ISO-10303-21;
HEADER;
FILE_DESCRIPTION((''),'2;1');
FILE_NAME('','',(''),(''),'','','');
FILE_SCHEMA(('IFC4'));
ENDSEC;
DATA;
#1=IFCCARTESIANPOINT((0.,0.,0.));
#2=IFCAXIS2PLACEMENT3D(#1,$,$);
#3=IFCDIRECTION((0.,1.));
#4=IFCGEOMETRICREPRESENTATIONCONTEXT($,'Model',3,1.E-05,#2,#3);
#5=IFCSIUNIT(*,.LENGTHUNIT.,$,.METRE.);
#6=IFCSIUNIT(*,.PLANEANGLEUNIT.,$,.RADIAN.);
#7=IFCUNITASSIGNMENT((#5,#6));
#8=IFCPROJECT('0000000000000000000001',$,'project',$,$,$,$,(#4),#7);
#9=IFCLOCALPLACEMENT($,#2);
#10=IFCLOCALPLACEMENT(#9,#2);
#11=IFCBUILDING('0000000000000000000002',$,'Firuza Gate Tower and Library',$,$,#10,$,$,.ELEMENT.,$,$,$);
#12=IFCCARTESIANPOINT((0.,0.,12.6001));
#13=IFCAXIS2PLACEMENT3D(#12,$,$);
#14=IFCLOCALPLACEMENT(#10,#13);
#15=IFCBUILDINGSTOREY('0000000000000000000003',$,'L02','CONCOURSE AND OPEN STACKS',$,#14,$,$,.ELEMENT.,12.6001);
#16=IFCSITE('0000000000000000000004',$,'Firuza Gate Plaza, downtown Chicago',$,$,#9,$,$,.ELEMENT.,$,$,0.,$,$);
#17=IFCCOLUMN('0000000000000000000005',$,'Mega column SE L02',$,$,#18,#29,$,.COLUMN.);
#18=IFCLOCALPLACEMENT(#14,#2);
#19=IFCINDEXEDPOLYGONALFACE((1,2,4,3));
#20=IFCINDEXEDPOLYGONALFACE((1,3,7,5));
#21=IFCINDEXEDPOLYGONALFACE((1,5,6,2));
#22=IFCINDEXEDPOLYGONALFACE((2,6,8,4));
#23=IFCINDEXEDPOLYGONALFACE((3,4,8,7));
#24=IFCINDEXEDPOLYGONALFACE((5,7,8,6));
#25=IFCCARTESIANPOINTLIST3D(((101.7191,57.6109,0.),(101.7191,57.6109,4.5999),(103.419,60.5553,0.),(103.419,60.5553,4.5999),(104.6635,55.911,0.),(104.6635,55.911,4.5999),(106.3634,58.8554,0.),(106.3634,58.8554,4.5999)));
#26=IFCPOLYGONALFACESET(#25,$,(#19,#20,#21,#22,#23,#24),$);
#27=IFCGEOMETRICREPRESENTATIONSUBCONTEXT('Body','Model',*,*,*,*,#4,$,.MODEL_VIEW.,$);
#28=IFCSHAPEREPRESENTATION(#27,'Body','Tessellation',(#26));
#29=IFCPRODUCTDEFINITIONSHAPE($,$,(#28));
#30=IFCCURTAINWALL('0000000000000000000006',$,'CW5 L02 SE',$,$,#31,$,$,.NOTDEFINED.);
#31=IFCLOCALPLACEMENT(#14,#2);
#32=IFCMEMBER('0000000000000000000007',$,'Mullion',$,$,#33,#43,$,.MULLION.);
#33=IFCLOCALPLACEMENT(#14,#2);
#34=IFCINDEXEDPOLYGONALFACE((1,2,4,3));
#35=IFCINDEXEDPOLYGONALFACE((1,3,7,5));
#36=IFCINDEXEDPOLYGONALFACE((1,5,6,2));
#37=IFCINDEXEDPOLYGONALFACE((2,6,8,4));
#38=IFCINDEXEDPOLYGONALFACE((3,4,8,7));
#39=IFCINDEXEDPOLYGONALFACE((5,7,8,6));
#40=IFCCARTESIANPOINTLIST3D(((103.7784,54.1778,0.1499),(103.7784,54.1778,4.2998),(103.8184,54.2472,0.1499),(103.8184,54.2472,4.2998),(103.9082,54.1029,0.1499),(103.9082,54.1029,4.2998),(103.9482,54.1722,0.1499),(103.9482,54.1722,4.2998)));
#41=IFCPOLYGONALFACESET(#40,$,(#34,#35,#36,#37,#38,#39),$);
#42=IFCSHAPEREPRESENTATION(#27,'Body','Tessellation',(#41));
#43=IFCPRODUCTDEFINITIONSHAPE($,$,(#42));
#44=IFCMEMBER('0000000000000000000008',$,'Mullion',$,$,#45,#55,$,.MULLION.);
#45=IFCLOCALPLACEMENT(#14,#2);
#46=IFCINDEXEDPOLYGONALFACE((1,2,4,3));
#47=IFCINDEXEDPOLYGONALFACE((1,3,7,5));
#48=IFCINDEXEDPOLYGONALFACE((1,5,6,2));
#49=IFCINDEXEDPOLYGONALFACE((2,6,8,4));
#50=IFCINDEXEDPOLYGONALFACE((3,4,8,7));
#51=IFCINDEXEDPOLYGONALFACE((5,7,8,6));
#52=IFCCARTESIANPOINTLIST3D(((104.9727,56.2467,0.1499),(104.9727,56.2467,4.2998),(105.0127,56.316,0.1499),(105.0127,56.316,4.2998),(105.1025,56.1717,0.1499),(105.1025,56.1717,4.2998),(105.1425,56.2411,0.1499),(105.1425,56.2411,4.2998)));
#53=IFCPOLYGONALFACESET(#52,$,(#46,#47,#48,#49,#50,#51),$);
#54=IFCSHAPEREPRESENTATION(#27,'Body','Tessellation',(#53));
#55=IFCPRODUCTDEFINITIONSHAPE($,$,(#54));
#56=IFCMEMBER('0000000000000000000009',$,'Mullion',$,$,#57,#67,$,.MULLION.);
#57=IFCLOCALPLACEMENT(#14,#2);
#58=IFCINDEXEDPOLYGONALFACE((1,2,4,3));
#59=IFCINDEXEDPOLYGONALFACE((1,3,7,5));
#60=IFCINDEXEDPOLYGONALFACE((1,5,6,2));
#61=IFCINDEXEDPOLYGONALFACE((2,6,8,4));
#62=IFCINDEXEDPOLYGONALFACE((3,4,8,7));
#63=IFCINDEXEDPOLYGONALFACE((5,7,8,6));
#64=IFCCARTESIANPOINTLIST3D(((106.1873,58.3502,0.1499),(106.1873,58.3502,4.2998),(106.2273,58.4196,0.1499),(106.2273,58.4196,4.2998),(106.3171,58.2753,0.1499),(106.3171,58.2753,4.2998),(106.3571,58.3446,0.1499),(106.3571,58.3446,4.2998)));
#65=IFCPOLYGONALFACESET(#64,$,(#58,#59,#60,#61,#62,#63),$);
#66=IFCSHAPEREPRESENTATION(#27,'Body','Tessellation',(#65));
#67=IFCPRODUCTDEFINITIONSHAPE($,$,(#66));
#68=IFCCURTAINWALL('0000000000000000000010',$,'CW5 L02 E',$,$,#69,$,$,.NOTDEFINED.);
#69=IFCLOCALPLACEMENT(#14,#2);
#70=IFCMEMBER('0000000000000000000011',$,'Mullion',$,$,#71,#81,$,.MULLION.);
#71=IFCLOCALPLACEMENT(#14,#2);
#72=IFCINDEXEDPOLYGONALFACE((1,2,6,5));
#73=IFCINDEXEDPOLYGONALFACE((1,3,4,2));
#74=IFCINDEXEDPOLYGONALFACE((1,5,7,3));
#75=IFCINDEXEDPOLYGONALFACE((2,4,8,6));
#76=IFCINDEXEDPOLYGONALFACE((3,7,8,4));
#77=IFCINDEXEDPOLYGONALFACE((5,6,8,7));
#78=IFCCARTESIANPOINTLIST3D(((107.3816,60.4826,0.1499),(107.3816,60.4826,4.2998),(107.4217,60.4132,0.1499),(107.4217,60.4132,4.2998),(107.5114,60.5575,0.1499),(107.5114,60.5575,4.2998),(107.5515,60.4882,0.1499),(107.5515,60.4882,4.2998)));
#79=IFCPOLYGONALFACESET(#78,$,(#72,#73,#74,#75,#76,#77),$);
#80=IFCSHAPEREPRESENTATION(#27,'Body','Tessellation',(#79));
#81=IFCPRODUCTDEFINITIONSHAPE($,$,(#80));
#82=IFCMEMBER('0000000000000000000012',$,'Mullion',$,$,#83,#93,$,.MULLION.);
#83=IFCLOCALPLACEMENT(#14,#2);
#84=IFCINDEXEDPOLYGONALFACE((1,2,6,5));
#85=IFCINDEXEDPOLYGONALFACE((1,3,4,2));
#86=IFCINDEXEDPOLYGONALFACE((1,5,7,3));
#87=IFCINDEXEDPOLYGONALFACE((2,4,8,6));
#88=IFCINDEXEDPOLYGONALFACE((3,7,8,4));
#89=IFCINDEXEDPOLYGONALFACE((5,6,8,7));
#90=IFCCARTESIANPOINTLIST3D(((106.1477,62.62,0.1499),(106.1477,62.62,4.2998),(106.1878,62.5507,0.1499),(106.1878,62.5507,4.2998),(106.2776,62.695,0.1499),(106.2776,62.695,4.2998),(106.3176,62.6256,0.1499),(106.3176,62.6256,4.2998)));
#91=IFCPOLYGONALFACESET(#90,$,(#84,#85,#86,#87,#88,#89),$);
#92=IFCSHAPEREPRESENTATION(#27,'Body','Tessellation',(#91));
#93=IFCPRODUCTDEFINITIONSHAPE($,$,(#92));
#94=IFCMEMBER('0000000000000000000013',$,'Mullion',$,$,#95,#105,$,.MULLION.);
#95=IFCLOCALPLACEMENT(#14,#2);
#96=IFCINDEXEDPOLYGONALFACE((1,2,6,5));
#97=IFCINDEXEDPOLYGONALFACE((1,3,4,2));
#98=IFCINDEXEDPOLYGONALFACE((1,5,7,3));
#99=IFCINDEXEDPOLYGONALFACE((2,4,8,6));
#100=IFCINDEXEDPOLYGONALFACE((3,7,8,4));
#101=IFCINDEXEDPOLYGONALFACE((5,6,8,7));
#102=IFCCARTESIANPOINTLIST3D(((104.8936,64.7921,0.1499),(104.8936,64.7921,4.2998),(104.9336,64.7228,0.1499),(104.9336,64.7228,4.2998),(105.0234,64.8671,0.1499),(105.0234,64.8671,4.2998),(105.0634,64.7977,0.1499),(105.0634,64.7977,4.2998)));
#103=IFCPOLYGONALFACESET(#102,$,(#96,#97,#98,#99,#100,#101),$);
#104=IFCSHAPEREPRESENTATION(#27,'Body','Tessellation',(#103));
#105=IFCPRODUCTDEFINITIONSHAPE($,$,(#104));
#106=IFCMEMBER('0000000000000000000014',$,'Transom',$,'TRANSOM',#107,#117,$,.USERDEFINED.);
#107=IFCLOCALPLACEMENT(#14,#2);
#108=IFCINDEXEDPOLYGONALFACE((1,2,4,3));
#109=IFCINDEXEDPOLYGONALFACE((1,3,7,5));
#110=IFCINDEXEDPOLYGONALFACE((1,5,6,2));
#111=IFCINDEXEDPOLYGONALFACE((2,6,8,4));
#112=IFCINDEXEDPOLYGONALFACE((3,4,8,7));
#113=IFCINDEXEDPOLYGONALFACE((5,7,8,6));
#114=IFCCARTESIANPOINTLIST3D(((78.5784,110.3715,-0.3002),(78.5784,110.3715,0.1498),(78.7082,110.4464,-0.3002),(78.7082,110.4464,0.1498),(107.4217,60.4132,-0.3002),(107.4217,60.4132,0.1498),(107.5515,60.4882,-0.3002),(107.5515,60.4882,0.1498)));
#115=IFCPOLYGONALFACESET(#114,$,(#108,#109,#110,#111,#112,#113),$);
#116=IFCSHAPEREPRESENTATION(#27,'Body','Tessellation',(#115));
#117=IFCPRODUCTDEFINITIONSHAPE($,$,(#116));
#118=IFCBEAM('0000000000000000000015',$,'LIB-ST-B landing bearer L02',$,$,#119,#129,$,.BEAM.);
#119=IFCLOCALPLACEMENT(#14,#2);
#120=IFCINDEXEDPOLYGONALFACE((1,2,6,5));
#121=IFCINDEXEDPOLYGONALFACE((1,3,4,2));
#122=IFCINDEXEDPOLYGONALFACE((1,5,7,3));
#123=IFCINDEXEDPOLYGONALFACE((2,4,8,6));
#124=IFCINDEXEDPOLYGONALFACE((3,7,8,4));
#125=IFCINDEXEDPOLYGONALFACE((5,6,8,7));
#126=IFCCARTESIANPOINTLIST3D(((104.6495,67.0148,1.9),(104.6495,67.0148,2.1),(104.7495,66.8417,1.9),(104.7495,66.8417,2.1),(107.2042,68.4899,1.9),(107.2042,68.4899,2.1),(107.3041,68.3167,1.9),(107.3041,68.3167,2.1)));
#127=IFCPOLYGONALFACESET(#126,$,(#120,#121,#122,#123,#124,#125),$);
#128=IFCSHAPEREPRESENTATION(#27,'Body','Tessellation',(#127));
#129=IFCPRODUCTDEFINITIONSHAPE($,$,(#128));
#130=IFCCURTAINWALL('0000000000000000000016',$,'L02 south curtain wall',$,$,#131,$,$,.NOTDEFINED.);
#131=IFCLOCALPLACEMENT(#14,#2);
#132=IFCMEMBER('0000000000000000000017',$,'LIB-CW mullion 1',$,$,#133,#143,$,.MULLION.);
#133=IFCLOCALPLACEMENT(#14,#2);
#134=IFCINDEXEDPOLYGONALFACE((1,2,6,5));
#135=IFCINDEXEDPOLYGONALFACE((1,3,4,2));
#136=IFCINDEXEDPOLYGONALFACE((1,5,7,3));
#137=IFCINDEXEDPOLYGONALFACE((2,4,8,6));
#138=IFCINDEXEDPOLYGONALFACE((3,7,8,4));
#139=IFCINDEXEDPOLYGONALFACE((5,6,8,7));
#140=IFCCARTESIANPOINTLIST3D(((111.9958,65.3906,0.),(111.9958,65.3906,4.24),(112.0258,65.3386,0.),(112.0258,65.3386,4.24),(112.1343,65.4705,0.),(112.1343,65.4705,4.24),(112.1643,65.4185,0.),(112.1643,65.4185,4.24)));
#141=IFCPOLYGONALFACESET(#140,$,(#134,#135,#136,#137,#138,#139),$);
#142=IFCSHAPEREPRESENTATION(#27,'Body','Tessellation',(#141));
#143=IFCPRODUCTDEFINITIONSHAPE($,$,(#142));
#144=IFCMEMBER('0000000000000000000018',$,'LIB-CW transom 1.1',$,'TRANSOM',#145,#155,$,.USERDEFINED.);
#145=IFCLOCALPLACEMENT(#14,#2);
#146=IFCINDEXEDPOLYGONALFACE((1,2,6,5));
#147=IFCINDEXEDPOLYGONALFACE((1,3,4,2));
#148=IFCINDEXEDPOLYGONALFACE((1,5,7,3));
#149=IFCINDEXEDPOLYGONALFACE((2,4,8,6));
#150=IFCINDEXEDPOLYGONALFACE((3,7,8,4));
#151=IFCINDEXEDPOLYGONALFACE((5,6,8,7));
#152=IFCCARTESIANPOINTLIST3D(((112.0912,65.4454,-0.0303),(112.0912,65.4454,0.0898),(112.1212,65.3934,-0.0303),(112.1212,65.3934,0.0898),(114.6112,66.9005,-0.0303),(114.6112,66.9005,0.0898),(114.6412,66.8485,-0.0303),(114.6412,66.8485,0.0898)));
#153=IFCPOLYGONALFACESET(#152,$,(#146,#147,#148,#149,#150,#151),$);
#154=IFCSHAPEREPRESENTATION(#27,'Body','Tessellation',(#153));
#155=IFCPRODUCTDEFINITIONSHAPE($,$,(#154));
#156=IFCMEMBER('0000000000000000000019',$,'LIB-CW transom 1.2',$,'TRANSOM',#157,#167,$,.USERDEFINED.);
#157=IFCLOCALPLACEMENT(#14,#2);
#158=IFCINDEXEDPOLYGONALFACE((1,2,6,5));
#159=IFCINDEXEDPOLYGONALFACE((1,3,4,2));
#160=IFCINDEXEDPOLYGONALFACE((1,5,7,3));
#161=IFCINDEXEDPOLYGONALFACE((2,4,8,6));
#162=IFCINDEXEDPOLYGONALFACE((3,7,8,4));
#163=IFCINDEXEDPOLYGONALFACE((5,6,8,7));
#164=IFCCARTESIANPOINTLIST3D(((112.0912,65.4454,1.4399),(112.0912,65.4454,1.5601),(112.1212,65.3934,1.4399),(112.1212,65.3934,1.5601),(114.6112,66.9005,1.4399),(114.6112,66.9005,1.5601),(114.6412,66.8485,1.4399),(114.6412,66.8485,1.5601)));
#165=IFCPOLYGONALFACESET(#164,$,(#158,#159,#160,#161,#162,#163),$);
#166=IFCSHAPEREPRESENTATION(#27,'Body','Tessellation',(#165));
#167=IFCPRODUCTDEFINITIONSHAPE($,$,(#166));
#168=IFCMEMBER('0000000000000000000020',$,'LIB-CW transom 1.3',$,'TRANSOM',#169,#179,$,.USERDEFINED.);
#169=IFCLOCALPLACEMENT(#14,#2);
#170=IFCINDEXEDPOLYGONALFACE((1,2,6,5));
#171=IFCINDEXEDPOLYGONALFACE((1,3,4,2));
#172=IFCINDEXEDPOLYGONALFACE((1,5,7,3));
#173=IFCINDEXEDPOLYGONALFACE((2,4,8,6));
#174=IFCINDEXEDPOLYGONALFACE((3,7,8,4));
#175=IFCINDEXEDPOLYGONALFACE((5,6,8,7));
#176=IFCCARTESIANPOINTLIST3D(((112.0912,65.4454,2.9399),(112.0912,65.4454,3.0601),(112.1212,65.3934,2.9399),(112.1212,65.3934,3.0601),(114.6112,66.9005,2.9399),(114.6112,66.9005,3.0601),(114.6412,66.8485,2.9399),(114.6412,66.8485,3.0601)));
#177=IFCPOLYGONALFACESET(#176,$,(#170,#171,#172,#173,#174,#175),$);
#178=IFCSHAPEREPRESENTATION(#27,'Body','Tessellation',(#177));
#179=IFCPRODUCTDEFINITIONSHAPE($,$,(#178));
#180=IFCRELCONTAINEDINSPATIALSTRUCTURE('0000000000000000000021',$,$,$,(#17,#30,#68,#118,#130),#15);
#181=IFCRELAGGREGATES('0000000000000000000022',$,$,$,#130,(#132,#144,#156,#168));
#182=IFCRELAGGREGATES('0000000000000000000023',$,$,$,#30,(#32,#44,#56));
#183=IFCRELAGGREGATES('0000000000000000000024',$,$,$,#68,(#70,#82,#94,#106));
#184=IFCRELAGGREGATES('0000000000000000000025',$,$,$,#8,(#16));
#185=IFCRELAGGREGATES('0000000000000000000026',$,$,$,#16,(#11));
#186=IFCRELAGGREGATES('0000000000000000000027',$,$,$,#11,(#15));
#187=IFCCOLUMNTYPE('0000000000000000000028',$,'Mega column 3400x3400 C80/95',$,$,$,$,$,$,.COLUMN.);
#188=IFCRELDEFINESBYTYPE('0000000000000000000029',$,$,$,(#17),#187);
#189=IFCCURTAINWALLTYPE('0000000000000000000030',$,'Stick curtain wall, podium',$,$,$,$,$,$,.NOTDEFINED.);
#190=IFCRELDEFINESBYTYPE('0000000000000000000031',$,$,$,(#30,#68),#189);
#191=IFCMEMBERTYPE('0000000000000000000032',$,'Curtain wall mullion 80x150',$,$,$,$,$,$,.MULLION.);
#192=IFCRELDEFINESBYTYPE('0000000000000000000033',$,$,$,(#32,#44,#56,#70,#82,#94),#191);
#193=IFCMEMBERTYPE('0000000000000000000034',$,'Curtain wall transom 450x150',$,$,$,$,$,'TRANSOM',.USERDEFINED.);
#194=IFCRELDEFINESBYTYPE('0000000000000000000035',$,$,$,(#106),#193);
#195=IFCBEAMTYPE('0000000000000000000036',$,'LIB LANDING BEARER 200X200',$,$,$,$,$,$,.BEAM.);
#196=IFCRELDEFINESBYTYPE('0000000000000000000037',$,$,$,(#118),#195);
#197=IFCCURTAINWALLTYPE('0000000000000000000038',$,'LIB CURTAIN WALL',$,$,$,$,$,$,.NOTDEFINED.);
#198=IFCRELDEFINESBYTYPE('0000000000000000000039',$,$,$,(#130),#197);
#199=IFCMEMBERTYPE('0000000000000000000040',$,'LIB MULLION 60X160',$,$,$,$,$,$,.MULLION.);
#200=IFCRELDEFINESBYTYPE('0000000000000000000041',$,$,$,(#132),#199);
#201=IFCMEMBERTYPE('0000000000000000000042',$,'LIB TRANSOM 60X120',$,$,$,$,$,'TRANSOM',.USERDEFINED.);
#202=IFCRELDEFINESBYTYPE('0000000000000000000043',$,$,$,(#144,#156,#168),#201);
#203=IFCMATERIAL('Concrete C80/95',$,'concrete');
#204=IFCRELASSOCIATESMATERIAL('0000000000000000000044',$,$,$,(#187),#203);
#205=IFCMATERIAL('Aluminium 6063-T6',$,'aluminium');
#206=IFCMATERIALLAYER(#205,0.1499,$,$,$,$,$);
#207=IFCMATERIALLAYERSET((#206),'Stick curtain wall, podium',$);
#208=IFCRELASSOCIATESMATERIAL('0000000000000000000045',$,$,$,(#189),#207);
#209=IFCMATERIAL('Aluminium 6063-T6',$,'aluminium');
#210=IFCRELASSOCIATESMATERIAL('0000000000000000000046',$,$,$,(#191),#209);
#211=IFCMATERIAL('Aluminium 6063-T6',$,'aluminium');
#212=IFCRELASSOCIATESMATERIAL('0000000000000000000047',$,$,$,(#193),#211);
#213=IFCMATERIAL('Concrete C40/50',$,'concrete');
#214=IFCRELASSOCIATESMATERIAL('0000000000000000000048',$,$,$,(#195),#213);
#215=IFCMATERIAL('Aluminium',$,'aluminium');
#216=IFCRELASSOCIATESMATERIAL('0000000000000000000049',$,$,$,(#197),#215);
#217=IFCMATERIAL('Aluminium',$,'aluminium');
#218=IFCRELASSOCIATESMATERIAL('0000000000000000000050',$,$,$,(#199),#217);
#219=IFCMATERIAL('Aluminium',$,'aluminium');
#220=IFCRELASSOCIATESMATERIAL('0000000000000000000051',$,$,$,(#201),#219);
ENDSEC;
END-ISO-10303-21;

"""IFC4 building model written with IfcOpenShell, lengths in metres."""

from ifc_helpers import new_model, si_unit, direction, frame, origin, origin_2d, place, context, subcontext, project, spatial, rectangle, extrude, material, layer, layer_set, material_profile, profile_set, type_object, element, aggregate, save


model = new_model("IFC4")

# Units and contexts
model_context = context("Model", 3, precision=1e-05, world=origin(), true_north=direction((0.0, 1.0)))
body_context = subcontext(model_context, "Body", "Model", "MODEL_VIEW")
ifc_project = project(units=[si_unit("LENGTHUNIT", "METRE"), si_unit("PLANEANGLEUNIT", "RADIAN")], contexts=[model_context])

# Site, building, storey
site_placement = place(None, origin())
site = spatial("IfcSite", under=ifc_project, at=site_placement, Name="Firuza Gate Plaza, downtown Chicago", CompositionType="ELEMENT", RefElevation=0.0)
building_placement = place(site_placement, origin())
building = spatial("IfcBuilding", under=site, at=building_placement, Name="Firuza Gate Tower and Library", CompositionType="ELEMENT")
storey_placement = place(building_placement, frame((0.0, 0.0, 12.6001)))
storey = spatial("IfcBuildingStorey", under=building, at=storey_placement, Name="L02", Description="CONCOURSE AND OPEN STACKS", CompositionType="ELEMENT", Elevation=12.6001)

# Column
ifc_material_1 = material(Name="Concrete C80/95", Category="concrete")
ifc_material_profile_1 = material_profile(ifc_material_1, rectangle(XDim=3.3999, YDim=3.3999, at=origin_2d()))
ifc_profile_set_1 = profile_set([ifc_material_profile_1], Name="Concrete C80/95")
column_type = type_object("IfcColumnType", Name="Mega column 3400x3400 C80/95", PredefinedType="COLUMN", material=ifc_profile_set_1)
column_placement = place(storey_placement, frame((104.0413, 58.2332, 0.0), z_axis=(0.0, 0.0, 1.0), x_axis=(0.5, 0.866025, 0.0)))
element("IfcColumn", 1, at=column_placement, inside=storey, type_object=column_type, Name="Mega column SE L02", PredefinedType="COLUMN", context=body_context, shape_type="SweptSolid", body=[
    extrude(rectangle(XDim=3.3999, YDim=3.3999, at=origin_2d()), origin(), (0.0, 0.0, 1.0), 4.5999),
])

# Curtain walls, members
ifc_material_2 = material(Name="Aluminium 6063-T6", Category="aluminium")
ifc_layer_1 = layer(ifc_material_2, 0.1499)
ifc_layer_set_1 = layer_set([ifc_layer_1], Name="Stick curtain wall, podium")
curtain_wall_type_1 = type_object("IfcCurtainWallType", Name="Stick curtain wall, podium", PredefinedType="NOTDEFINED", material=ifc_layer_set_1)
placement = place(storey_placement, origin())
curtain_wall_1 = element("IfcCurtainWall", 2, at=placement, inside=storey, type_object=curtain_wall_type_1, Name="CW5 L02 SE", PredefinedType="NOTDEFINED")
ifc_material_3 = material(Name="Aluminium 6063-T6", Category="aluminium")
ifc_material_profile_2 = material_profile(ifc_material_3, rectangle(XDim=0.1499, YDim=0.0801, at=origin_2d()))
ifc_profile_set_2 = profile_set([ifc_material_profile_2], Name="Aluminium 6063-T6")
member_type_1 = type_object("IfcMemberType", Name="Curtain wall mullion 80x150", PredefinedType="MULLION", material=ifc_profile_set_2)
member_1_placement = place(storey_placement, frame((103.8633, 54.175, 0.1499), z_axis=(0.0, 0.0, 1.0), x_axis=(-0.866025, 0.5, 0.0)))
member_1 = element("IfcMember", 3, at=member_1_placement, type_object=member_type_1, Name="Mullion", PredefinedType="MULLION", context=body_context, shape_type="SweptSolid", body=[
    extrude(rectangle(XDim=0.1499, YDim=0.0801, at=origin_2d()), origin(), (0.0, 0.0, 1.0), 4.1499),
])
member_2_placement = place(storey_placement, frame((105.0576, 56.2439, 0.1499), z_axis=(0.0, 0.0, 1.0), x_axis=(-0.866025, 0.5, 0.0)))
member_2 = element("IfcMember", 4, at=member_2_placement, type_object=member_type_1, Name="Mullion", PredefinedType="MULLION", context=body_context, shape_type="SweptSolid", body=[
    extrude(rectangle(XDim=0.1499, YDim=0.0801, at=origin_2d()), origin(), (0.0, 0.0, 1.0), 4.1499),
])
member_3_placement = place(storey_placement, frame((106.2722, 58.3474, 0.1499), z_axis=(0.0, 0.0, 1.0), x_axis=(-0.866025, 0.5, 0.0)))
member_3 = element("IfcMember", 5, at=member_3_placement, type_object=member_type_1, Name="Mullion", PredefinedType="MULLION", context=body_context, shape_type="SweptSolid", body=[
    extrude(rectangle(XDim=0.1499, YDim=0.0801, at=origin_2d()), origin(), (0.0, 0.0, 1.0), 4.1499),
])
curtain_wall_2 = element("IfcCurtainWall", 6, at=placement, inside=storey, type_object=curtain_wall_type_1, Name="CW5 L02 E", PredefinedType="NOTDEFINED")
member_4_placement = place(storey_placement, frame((107.4666, 60.4854, 0.1499), z_axis=(0.0, 0.0, 1.0), x_axis=(-0.866025, -0.5, 0.0)))
member_4 = element("IfcMember", 7, at=member_4_placement, type_object=member_type_1, Name="Mullion", PredefinedType="MULLION", context=body_context, shape_type="SweptSolid", body=[
    extrude(rectangle(XDim=0.1499, YDim=0.0801, at=origin_2d()), origin(), (0.0, 0.0, 1.0), 4.1499),
])
member_5_placement = place(storey_placement, frame((106.2327, 62.6228, 0.1499), z_axis=(0.0, 0.0, 1.0), x_axis=(-0.866025, -0.5, 0.0)))
member_5 = element("IfcMember", 8, at=member_5_placement, type_object=member_type_1, Name="Mullion", PredefinedType="MULLION", context=body_context, shape_type="SweptSolid", body=[
    extrude(rectangle(XDim=0.1499, YDim=0.0801, at=origin_2d()), origin(), (0.0, 0.0, 1.0), 4.1499),
])
member_6_placement = place(storey_placement, frame((104.9785, 64.7949, 0.1499), z_axis=(0.0, 0.0, 1.0), x_axis=(-0.866025, -0.5, 0.0)))
member_6 = element("IfcMember", 9, at=member_6_placement, type_object=member_type_1, Name="Mullion", PredefinedType="MULLION", context=body_context, shape_type="SweptSolid", body=[
    extrude(rectangle(XDim=0.1499, YDim=0.0801, at=origin_2d()), origin(), (0.0, 0.0, 1.0), 4.1499),
])
ifc_material_4 = material(Name="Aluminium 6063-T6", Category="aluminium")
ifc_material_profile_3 = material_profile(ifc_material_4, rectangle(XDim=0.1499, YDim=0.45, at=origin_2d()))
ifc_profile_set_3 = profile_set([ifc_material_profile_3], Name="Aluminium 6063-T6")
member_type_2 = type_object("IfcMemberType", Name="Curtain wall transom 450x150", ElementType="TRANSOM", PredefinedType="USERDEFINED", material=ifc_profile_set_3)
member_7_placement = place(storey_placement, frame((107.4866, 60.4507, -0.0752), z_axis=(-0.499998, 0.866027, 0.0), x_axis=(-0.866027, -0.499998, 0.0)))
member_7 = element("IfcMember", 10, at=member_7_placement, type_object=member_type_2, Name="Transom", ObjectType="TRANSOM", PredefinedType="USERDEFINED", context=body_context, shape_type="SweptSolid", body=[
    extrude(rectangle(XDim=0.1499, YDim=0.45, at=origin_2d()), origin(), (0.0, 0.0, 1.0), 57.6868),
])

# Beam
ifc_material_5 = material(Name="Concrete C40/50", Category="concrete")
ifc_material_profile_4 = material_profile(ifc_material_5, rectangle(XDim=0.2, YDim=0.2, at=origin_2d()))
ifc_profile_set_4 = profile_set([ifc_material_profile_4], Name="Concrete C40/50")
beam_type_1 = type_object("IfcBeamType", Name="LIB LANDING BEARER 200X200", PredefinedType="BEAM", material=ifc_profile_set_4)
beam_1_placement = place(storey_placement, frame((107.2542, 68.4033, 2.0), z_axis=(-0.866004, -0.500038, 0.0), x_axis=(0.500038, -0.866004, 0.0)))
element("IfcBeam", 11, at=beam_1_placement, inside=storey, type_object=beam_type_1, Name="LIB-ST-B landing bearer L02", PredefinedType="BEAM", context=body_context, shape_type="SweptSolid", body=[
    extrude(rectangle(XDim=0.2, YDim=0.2, at=origin_2d()), origin(), (0.0, 0.0, 1.0), 2.95),
])

# Curtain wall, members
ifc_material_6 = material(Name="Aluminium", Category="aluminium")
curtain_wall_type_2 = type_object("IfcCurtainWallType", Name="LIB CURTAIN WALL", PredefinedType="NOTDEFINED", material=ifc_material_6)
curtain_wall_3 = element("IfcCurtainWall", 12, at=placement, inside=storey, type_object=curtain_wall_type_2, Name="L02 south curtain wall", PredefinedType="NOTDEFINED")
ifc_material_7 = material(Name="Aluminium", Category="aluminium")
ifc_material_profile_5 = material_profile(ifc_material_7, rectangle(XDim=0.0601, YDim=0.1599, at=origin_2d()))
ifc_profile_set_5 = profile_set([ifc_material_profile_5], Name="Aluminium")
member_type_3 = type_object("IfcMemberType", Name="LIB MULLION 60X160", PredefinedType="MULLION", material=ifc_profile_set_5)
member_8_placement = place(storey_placement, frame((112.0801, 65.4045, 0.0), z_axis=(0.0, 0.0, 1.0), x_axis=(-0.500001, 0.866025, 0.0)))
member_8 = element("IfcMember", 13, at=member_8_placement, type_object=member_type_3, Name="LIB-CW mullion 1", PredefinedType="MULLION", context=body_context, shape_type="SweptSolid", body=[
    extrude(rectangle(XDim=0.0601, YDim=0.1599, at=origin_2d()), origin(), (0.0, 0.0, 1.0), 4.24),
])
ifc_material_8 = material(Name="Aluminium", Category="aluminium")
ifc_material_profile_6 = material_profile(ifc_material_8, rectangle(XDim=0.0601, YDim=0.1201, at=origin_2d()))
ifc_profile_set_6 = profile_set([ifc_material_profile_6], Name="Aluminium")
member_type_4 = type_object("IfcMemberType", Name="LIB TRANSOM 60X120", ElementType="TRANSOM", PredefinedType="USERDEFINED", material=ifc_profile_set_6)
member_9_placement = place(storey_placement, frame((112.1062, 65.4194, 0.0298), z_axis=(0.866004, 0.500037, 0.0), x_axis=(-0.500037, 0.866004, 0.0)))
member_9 = element("IfcMember", 14, at=member_9_placement, type_object=member_type_4, Name="LIB-CW transom 1.1", ObjectType="TRANSOM", PredefinedType="USERDEFINED", context=body_context, shape_type="SweptSolid", body=[
    extrude(rectangle(XDim=0.0601, YDim=0.1201, at=origin_2d()), origin(), (0.0, 0.0, 1.0), 2.9099),
])
member_10_placement = place(storey_placement, frame((112.1062, 65.4194, 1.5), z_axis=(0.866004, 0.500037, 0.0), x_axis=(-0.500037, 0.866004, 0.0)))
member_10 = element("IfcMember", 15, at=member_10_placement, type_object=member_type_4, Name="LIB-CW transom 1.2", ObjectType="TRANSOM", PredefinedType="USERDEFINED", context=body_context, shape_type="SweptSolid", body=[
    extrude(rectangle(XDim=0.0601, YDim=0.1201, at=origin_2d()), origin(), (0.0, 0.0, 1.0), 2.9099),
])
member_11_placement = place(storey_placement, frame((112.1062, 65.4194, 3.0), z_axis=(0.866004, 0.500037, 0.0), x_axis=(-0.500037, 0.866004, 0.0)))
member_11 = element("IfcMember", 16, at=member_11_placement, type_object=member_type_4, Name="LIB-CW transom 1.3", ObjectType="TRANSOM", PredefinedType="USERDEFINED", context=body_context, shape_type="SweptSolid", body=[
    extrude(rectangle(XDim=0.0601, YDim=0.1201, at=origin_2d()), origin(), (0.0, 0.0, 1.0), 2.9099),
])
aggregate(curtain_wall_3, [member_8, member_9, member_10, member_11])

aggregate(curtain_wall_1, [member_1, member_2, member_3])
aggregate(curtain_wall_2, [member_4, member_5, member_6, member_7])

save(model, "model.ifc")
